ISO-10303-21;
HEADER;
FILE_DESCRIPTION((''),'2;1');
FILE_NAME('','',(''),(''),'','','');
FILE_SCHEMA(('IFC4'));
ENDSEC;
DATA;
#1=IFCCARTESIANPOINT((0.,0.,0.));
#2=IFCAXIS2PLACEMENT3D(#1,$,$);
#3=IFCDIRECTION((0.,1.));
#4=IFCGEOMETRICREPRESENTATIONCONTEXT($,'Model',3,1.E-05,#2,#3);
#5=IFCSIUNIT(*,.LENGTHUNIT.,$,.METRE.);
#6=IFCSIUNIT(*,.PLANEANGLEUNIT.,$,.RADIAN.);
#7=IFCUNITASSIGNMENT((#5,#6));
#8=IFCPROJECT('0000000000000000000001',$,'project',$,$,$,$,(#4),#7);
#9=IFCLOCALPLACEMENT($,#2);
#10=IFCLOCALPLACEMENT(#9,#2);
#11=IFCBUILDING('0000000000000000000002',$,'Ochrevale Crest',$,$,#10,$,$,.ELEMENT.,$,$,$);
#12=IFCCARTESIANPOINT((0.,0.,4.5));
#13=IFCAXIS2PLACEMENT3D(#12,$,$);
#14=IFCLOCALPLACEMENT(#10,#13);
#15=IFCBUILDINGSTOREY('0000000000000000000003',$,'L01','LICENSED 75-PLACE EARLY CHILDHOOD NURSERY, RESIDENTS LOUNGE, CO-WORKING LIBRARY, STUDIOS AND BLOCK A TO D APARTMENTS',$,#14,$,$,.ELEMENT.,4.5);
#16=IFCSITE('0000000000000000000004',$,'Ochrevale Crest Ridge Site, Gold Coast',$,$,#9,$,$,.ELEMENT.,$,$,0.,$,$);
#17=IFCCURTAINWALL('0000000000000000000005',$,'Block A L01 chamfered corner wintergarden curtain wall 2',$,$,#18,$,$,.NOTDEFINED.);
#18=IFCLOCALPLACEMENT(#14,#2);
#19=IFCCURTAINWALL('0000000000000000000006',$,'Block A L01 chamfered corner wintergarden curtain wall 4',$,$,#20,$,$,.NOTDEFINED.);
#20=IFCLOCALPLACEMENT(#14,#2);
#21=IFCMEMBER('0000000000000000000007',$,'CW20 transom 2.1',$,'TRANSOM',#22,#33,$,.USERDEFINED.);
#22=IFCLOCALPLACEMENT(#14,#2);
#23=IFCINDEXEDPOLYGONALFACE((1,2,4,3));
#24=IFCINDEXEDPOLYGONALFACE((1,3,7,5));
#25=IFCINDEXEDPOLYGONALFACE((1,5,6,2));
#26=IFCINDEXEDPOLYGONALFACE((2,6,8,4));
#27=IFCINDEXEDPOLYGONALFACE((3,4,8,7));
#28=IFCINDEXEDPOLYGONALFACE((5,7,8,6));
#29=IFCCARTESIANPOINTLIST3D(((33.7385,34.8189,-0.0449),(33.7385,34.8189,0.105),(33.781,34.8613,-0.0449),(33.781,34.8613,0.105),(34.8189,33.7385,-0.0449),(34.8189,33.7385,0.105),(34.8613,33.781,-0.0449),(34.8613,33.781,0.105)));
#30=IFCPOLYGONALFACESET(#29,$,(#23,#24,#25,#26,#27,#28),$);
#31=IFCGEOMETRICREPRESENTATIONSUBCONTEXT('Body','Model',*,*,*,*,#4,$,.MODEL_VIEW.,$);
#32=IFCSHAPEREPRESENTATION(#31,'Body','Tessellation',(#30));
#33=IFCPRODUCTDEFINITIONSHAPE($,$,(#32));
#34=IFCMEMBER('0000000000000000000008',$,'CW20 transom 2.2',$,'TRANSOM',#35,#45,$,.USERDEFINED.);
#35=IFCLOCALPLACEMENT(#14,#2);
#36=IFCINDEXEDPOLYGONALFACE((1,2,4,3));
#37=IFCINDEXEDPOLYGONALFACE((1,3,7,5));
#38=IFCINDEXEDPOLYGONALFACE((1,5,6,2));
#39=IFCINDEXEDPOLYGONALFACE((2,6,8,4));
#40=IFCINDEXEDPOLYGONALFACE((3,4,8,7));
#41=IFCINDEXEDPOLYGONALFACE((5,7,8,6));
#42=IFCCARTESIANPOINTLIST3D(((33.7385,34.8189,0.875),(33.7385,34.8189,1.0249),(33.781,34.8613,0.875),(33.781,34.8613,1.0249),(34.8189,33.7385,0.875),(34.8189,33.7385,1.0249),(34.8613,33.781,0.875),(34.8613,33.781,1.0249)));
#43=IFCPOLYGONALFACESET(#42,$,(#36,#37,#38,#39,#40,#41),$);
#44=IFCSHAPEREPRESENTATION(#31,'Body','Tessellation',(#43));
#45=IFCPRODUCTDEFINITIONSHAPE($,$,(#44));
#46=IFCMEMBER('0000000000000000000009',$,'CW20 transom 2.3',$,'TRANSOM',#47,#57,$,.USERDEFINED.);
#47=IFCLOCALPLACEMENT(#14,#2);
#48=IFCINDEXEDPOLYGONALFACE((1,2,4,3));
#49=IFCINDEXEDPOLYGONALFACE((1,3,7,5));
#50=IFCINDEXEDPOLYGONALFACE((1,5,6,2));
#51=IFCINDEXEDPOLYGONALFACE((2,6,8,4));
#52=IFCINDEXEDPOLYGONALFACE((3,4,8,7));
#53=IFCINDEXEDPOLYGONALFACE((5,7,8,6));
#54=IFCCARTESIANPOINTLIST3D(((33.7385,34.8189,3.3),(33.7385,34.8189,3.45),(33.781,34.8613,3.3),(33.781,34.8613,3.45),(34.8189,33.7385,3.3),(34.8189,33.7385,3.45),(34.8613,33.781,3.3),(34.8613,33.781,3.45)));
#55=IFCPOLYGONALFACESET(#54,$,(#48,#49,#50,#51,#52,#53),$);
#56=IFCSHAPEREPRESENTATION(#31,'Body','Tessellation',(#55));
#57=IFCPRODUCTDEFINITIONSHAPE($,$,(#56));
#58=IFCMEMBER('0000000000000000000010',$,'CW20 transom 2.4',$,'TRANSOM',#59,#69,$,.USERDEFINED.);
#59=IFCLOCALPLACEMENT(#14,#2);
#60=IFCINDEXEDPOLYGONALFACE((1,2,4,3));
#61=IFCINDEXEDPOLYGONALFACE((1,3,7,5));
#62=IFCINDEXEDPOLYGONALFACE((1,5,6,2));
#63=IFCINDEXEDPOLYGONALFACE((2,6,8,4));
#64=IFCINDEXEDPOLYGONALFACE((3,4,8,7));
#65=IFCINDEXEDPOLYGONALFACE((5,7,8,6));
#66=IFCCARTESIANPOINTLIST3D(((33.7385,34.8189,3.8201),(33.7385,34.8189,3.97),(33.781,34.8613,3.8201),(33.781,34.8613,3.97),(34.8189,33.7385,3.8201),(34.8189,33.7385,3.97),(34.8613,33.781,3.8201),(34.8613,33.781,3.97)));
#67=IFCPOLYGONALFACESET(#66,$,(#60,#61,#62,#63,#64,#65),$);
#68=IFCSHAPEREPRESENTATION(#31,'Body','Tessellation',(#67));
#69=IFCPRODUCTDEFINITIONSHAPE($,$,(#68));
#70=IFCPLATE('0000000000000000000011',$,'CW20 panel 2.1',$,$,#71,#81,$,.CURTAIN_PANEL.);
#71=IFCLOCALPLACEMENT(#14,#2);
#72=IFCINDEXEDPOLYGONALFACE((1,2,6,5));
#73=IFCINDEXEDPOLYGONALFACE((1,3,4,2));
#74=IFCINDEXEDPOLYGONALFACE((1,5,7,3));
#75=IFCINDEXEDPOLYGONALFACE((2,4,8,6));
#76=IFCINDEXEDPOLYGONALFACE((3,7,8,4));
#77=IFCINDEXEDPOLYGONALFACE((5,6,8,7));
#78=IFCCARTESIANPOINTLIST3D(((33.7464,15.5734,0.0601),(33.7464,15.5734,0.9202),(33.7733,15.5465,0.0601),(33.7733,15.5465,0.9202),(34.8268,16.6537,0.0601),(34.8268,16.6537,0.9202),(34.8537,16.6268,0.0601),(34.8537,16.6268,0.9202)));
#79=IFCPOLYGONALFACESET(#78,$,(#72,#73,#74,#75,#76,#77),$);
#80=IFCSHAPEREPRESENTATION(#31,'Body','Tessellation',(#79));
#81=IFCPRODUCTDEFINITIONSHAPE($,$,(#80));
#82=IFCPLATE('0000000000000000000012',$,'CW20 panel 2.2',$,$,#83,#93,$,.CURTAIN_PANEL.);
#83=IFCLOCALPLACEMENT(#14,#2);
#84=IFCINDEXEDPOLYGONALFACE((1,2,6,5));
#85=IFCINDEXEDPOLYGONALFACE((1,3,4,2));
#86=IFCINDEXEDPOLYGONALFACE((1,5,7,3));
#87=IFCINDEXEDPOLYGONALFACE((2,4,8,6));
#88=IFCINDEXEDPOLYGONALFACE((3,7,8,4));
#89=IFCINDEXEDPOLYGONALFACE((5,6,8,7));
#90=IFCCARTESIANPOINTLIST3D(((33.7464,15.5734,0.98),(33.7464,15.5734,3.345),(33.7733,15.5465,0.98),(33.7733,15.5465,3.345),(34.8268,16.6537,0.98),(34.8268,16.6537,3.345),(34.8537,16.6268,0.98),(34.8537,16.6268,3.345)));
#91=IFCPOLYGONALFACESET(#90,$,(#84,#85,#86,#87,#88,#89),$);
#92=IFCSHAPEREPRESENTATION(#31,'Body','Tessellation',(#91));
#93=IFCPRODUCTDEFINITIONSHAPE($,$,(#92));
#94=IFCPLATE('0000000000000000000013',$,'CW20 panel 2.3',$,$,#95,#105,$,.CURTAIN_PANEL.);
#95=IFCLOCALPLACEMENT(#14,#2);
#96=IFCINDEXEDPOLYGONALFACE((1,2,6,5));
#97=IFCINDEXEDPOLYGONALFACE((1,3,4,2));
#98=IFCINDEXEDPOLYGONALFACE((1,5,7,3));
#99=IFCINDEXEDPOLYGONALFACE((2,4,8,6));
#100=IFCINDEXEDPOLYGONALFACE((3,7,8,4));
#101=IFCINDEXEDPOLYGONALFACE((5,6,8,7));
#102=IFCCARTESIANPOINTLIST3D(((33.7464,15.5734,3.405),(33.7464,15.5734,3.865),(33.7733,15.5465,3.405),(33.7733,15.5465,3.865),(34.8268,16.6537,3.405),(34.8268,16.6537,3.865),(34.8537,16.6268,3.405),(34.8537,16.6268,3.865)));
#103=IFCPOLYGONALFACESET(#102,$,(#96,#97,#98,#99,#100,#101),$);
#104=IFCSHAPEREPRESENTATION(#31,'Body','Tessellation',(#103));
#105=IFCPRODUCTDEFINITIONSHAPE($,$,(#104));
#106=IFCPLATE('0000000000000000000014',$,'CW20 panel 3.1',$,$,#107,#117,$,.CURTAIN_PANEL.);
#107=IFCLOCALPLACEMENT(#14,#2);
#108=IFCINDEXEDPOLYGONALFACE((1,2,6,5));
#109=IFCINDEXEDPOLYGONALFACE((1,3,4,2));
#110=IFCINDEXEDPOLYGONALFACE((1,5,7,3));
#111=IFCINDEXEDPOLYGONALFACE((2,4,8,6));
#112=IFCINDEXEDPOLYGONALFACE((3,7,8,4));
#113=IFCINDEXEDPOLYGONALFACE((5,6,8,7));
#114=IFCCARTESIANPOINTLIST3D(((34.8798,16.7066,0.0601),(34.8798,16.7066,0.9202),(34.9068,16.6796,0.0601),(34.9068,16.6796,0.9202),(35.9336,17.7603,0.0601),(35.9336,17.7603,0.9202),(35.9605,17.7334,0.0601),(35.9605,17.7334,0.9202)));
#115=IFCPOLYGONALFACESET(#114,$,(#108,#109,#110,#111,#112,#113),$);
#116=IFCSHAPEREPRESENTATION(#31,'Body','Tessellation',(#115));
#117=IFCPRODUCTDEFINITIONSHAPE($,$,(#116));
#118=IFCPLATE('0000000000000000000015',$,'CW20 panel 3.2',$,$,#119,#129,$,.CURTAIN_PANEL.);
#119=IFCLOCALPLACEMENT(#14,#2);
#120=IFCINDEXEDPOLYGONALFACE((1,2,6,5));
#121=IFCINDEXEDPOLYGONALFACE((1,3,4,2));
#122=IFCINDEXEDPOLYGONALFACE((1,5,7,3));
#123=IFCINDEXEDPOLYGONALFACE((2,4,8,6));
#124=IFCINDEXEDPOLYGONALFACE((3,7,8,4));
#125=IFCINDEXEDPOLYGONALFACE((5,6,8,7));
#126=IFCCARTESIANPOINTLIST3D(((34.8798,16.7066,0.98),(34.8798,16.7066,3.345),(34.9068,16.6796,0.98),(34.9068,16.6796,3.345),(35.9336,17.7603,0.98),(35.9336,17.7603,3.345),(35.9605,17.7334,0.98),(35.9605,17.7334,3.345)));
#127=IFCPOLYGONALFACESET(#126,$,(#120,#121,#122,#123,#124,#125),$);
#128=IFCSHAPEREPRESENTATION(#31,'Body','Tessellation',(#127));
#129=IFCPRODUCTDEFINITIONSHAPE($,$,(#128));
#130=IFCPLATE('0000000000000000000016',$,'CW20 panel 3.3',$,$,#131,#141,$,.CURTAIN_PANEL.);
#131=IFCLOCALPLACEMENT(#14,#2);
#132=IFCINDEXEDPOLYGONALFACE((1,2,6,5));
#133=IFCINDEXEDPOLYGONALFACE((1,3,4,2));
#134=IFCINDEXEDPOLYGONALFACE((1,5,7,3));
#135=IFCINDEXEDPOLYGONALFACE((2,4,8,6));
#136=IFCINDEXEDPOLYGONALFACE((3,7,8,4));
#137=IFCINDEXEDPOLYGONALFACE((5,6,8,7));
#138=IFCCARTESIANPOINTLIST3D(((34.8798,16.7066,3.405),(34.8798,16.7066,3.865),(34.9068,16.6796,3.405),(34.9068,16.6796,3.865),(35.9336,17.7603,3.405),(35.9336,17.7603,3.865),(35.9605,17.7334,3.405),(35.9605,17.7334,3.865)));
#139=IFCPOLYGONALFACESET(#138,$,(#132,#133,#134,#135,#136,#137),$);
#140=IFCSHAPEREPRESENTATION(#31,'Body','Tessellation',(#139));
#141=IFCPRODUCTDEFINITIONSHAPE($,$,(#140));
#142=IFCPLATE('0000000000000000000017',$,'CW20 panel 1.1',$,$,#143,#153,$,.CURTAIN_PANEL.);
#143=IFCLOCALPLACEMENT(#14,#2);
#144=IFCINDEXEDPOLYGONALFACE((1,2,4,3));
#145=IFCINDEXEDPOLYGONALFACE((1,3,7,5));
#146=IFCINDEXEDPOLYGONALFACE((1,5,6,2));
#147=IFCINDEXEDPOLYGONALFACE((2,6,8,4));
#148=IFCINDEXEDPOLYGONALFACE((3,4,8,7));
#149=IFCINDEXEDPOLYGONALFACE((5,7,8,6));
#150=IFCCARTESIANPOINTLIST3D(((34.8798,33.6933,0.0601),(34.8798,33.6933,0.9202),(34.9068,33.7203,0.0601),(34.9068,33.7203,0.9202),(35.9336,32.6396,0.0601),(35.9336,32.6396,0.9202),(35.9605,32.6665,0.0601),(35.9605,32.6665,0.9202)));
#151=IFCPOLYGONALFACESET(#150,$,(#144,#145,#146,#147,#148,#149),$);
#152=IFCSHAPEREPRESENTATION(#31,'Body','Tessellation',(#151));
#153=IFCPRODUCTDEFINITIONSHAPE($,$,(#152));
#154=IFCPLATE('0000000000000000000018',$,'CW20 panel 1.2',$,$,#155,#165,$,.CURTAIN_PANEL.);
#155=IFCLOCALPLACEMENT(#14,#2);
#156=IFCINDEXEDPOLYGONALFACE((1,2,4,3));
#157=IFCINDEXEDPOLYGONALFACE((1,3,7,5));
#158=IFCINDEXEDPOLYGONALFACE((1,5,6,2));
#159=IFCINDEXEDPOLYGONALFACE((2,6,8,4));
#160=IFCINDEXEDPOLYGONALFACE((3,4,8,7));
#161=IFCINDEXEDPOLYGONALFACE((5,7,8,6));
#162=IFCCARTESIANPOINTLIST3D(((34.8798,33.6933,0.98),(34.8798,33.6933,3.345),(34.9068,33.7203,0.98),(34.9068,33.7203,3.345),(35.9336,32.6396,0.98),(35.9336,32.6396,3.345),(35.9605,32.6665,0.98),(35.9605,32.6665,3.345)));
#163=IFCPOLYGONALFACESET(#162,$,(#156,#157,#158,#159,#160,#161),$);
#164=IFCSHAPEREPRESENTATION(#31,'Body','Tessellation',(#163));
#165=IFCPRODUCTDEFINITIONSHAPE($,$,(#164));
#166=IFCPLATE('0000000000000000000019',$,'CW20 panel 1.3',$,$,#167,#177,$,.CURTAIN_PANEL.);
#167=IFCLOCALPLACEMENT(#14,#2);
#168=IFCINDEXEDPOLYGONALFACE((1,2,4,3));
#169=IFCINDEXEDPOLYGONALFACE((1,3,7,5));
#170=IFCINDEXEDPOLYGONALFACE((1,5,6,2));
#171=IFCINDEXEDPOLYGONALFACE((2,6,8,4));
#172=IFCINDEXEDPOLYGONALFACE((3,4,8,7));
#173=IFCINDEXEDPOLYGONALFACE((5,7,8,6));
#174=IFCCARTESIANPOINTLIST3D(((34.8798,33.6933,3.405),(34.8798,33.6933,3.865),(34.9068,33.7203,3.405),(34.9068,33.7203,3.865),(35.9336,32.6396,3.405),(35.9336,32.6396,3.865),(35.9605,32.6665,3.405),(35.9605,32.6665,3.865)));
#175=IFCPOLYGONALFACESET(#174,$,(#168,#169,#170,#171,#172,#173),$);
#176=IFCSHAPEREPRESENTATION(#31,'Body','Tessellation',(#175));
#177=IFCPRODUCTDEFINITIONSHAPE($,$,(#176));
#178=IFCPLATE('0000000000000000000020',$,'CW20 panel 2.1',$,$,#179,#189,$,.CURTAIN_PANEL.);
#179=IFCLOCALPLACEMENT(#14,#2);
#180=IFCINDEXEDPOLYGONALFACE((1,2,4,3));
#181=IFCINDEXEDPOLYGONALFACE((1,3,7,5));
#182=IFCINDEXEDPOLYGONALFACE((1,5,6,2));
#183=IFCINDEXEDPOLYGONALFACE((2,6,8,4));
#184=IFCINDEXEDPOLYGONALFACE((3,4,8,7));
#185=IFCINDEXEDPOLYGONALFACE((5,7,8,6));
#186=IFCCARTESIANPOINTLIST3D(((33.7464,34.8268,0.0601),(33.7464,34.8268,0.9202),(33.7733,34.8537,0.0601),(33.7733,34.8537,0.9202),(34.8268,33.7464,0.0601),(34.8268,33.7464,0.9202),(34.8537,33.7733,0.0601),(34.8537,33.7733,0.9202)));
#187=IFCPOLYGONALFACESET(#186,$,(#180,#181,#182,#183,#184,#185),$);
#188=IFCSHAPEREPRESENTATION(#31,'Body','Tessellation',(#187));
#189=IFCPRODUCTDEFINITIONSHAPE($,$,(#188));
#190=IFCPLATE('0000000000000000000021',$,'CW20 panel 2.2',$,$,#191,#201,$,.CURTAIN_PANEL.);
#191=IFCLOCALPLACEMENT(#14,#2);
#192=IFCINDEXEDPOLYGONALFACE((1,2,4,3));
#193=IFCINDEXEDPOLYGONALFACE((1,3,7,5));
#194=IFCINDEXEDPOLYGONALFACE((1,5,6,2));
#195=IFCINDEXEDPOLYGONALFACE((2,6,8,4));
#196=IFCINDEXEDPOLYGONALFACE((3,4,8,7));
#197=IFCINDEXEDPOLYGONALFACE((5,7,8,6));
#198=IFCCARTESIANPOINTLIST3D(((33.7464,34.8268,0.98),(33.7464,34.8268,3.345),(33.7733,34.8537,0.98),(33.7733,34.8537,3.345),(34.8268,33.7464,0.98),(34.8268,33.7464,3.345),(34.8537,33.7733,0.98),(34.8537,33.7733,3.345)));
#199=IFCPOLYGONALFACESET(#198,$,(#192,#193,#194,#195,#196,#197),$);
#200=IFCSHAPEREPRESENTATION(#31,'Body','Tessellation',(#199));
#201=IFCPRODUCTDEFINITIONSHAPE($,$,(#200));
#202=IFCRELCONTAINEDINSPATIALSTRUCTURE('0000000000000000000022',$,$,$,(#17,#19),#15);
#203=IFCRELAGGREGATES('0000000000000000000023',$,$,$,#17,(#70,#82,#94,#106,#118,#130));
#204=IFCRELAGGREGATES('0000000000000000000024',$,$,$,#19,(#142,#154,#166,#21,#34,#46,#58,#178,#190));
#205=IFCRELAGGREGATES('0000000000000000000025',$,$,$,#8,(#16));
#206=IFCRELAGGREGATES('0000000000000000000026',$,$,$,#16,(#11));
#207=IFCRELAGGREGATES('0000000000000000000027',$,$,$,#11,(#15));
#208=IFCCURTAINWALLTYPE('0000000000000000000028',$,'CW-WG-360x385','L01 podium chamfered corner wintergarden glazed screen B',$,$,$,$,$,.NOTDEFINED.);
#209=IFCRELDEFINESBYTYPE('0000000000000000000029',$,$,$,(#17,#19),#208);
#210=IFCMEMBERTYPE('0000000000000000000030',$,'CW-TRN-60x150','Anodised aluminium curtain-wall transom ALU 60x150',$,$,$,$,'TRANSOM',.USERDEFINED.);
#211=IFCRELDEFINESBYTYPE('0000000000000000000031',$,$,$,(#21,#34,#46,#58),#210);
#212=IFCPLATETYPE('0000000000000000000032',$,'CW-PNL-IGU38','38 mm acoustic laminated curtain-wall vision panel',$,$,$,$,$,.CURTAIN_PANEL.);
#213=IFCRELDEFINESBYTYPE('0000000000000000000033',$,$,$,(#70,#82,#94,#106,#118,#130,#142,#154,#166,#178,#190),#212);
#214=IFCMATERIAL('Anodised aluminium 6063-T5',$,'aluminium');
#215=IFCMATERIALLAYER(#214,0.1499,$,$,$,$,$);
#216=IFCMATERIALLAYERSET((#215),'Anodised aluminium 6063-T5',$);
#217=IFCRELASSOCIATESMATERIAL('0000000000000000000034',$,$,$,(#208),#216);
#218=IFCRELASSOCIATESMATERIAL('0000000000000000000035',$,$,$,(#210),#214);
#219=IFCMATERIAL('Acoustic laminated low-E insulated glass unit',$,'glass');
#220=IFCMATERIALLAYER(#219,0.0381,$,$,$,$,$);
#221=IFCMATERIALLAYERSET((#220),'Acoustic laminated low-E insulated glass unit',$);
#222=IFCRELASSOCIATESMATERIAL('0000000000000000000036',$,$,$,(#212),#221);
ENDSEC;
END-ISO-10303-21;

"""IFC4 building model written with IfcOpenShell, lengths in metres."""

from ifc_helpers import new_model, si_unit, direction, frame, origin, origin_2d, place, context, subcontext, project, spatial, rectangle, extrude, material, layer, layer_set, material_profile, profile_set, type_object, element, aggregate, save


model = new_model("IFC4")

# Units and contexts
model_context = context("Model", 3, precision=1e-05, world=origin(), true_north=direction((0.0, 1.0)))
body_context = subcontext(model_context, "Body", "Model", "MODEL_VIEW")
ifc_project = project(units=[si_unit("LENGTHUNIT", "METRE"), si_unit("PLANEANGLEUNIT", "RADIAN")], contexts=[model_context])

# Site, building, storey
site_placement = place(None, origin())
site = spatial("IfcSite", under=ifc_project, at=site_placement, Name="Ochrevale Crest Ridge Site, Gold Coast", CompositionType="ELEMENT", RefElevation=0.0)
building_placement = place(site_placement, origin())
building = spatial("IfcBuilding", under=site, at=building_placement, Name="Ochrevale Crest", CompositionType="ELEMENT")
storey_placement = place(building_placement, frame((0.0, 0.0, 4.5)))
storey = spatial("IfcBuildingStorey", under=building, at=storey_placement, Name="L01", Description="LICENSED 75-PLACE EARLY CHILDHOOD NURSERY, RESIDENTS LOUNGE, CO-WORKING LIBRARY, STUDIOS AND BLOCK A TO D APARTMENTS", CompositionType="ELEMENT", Elevation=4.5)

# Curtain wall
ifc_material_1 = material(Name="Anodised aluminium 6063-T5", Category="aluminium")
ifc_layer_1 = layer(ifc_material_1, 0.1499)
ifc_layer_set_1 = layer_set([ifc_layer_1], Name="Anodised aluminium 6063-T5")
curtain_wall_type = type_object("IfcCurtainWallType", Name="CW-WG-360x385", Description="L01 podium chamfered corner wintergarden glazed screen B", PredefinedType="NOTDEFINED", material=ifc_layer_set_1)
curtain_wall_1_placement = place(storey_placement, origin())
curtain_wall_1 = element("IfcCurtainWall", 1, at=curtain_wall_1_placement, inside=storey, type_object=curtain_wall_type, Name="Block A L01 chamfered corner wintergarden curtain wall 2", PredefinedType="NOTDEFINED")

# Curtain wall
curtain_wall_2_placement = place(storey_placement, origin())
curtain_wall_2 = element("IfcCurtainWall", 2, at=curtain_wall_2_placement, inside=storey, type_object=curtain_wall_type, Name="Block A L01 chamfered corner wintergarden curtain wall 4", PredefinedType="NOTDEFINED")

# Members
ifc_material_profile_1 = material_profile(ifc_material_1, rectangle(XDim=0.0601, YDim=0.1499, at=origin_2d()), Name="ALU 60x150")
ifc_profile_set_1 = profile_set([ifc_material_profile_1], Name="Anodised aluminium 6063-T5")
member_type_1 = type_object("IfcMemberType", Name="CW-TRN-60x150", Description="Anodised aluminium curtain-wall transom ALU 60x150", ElementType="TRANSOM", PredefinedType="USERDEFINED", material=ifc_profile_set_1)
member_1_placement = place(storey_placement, frame((34.8401, 33.7598, 0.03), z_axis=(-0.707107, 0.707107, 0.0), x_axis=(-0.707107, -0.707107, 0.0)))
member_1 = element("IfcMember", 3, at=member_1_placement, type_object=member_type_1, Name="CW20 transom 2.1", ObjectType="TRANSOM", PredefinedType="USERDEFINED", context=body_context, shape_type="SweptSolid", body=[
    extrude(rectangle(XDim=0.0601, YDim=0.1499, at=origin_2d()), origin(), (0.0, 0.0, 1.0), 1.5278),
])
member_2_placement = place(storey_placement, frame((34.8401, 33.7598, 0.95), z_axis=(-0.707107, 0.707107, 0.0), x_axis=(-0.707107, -0.707107, 0.0)))
member_2 = element("IfcMember", 4, at=member_2_placement, type_object=member_type_1, Name="CW20 transom 2.2", ObjectType="TRANSOM", PredefinedType="USERDEFINED", context=body_context, shape_type="SweptSolid", body=[
    extrude(rectangle(XDim=0.0601, YDim=0.1499, at=origin_2d()), origin(), (0.0, 0.0, 1.0), 1.5278),
])
member_3_placement = place(storey_placement, frame((34.8401, 33.7598, 3.375), z_axis=(-0.707107, 0.707107, 0.0), x_axis=(-0.707107, -0.707107, 0.0)))
member_3 = element("IfcMember", 5, at=member_3_placement, type_object=member_type_1, Name="CW20 transom 2.3", ObjectType="TRANSOM", PredefinedType="USERDEFINED", context=body_context, shape_type="SweptSolid", body=[
    extrude(rectangle(XDim=0.0601, YDim=0.1499, at=origin_2d()), origin(), (0.0, 0.0, 1.0), 1.5278),
])
member_4_placement = place(storey_placement, frame((34.8401, 33.7598, 3.895), z_axis=(-0.707107, 0.707107, 0.0), x_axis=(-0.707107, -0.707107, 0.0)))
member_4 = element("IfcMember", 6, at=member_4_placement, type_object=member_type_1, Name="CW20 transom 2.4", ObjectType="TRANSOM", PredefinedType="USERDEFINED", context=body_context, shape_type="SweptSolid", body=[
    extrude(rectangle(XDim=0.0601, YDim=0.1499, at=origin_2d()), origin(), (0.0, 0.0, 1.0), 1.5278),
])

# Plates
ifc_material_2 = material(Name="Acoustic laminated low-E insulated glass unit", Category="glass")
ifc_layer_2 = layer(ifc_material_2, 0.0381)
ifc_layer_set_2 = layer_set([ifc_layer_2], Name="Acoustic laminated low-E insulated glass unit")
plate_type = type_object("IfcPlateType", Name="CW-PNL-IGU38", Description="38 mm acoustic laminated curtain-wall vision panel", PredefinedType="CURTAIN_PANEL", material=ifc_layer_set_2)
plate_1_placement = place(storey_placement, frame((34.3, 16.1001, 0.0601), z_axis=(0.0, 0.0, 1.0), x_axis=(0.707107, 0.707107, 0.0)))
plate_1 = element("IfcPlate", 7, at=plate_1_placement, type_object=plate_type, Name="CW20 panel 2.1", PredefinedType="CURTAIN_PANEL", context=body_context, shape_type="SweptSolid", body=[
    extrude(rectangle(XDim=1.5278, YDim=0.0381, at=origin_2d()), origin(), (0.0, 0.0, 1.0), 0.8601),
])
plate_2_placement = place(storey_placement, frame((34.3, 16.1001, 0.98), z_axis=(0.0, 0.0, 1.0), x_axis=(0.707107, 0.707107, 0.0)))
plate_2 = element("IfcPlate", 8, at=plate_2_placement, type_object=plate_type, Name="CW20 panel 2.2", PredefinedType="CURTAIN_PANEL", context=body_context, shape_type="SweptSolid", body=[
    extrude(rectangle(XDim=1.5278, YDim=0.0381, at=origin_2d()), origin(), (0.0, 0.0, 1.0), 2.365),
])
plate_3_placement = place(storey_placement, frame((34.3, 16.1001, 3.405), z_axis=(0.0, 0.0, 1.0), x_axis=(0.707107, 0.707107, 0.0)))
plate_3 = element("IfcPlate", 9, at=plate_3_placement, type_object=plate_type, Name="CW20 panel 2.3", PredefinedType="CURTAIN_PANEL", context=body_context, shape_type="SweptSolid", body=[
    extrude(rectangle(XDim=1.5278, YDim=0.0381, at=origin_2d()), origin(), (0.0, 0.0, 1.0), 0.46),
])
plate_4_placement = place(storey_placement, frame((35.4202, 17.22, 0.0601), z_axis=(0.0, 0.0, 1.0), x_axis=(0.707107, 0.707107, 0.0)))
plate_4 = element("IfcPlate", 10, at=plate_4_placement, type_object=plate_type, Name="CW20 panel 3.1", PredefinedType="CURTAIN_PANEL", context=body_context, shape_type="SweptSolid", body=[
    extrude(rectangle(XDim=1.4902, YDim=0.0381, at=origin_2d()), origin(), (0.0, 0.0, 1.0), 0.8601),
])
plate_5_placement = place(storey_placement, frame((35.4202, 17.22, 0.98), z_axis=(0.0, 0.0, 1.0), x_axis=(0.707107, 0.707107, 0.0)))
plate_5 = element("IfcPlate", 11, at=plate_5_placement, type_object=plate_type, Name="CW20 panel 3.2", PredefinedType="CURTAIN_PANEL", context=body_context, shape_type="SweptSolid", body=[
    extrude(rectangle(XDim=1.4902, YDim=0.0381, at=origin_2d()), origin(), (0.0, 0.0, 1.0), 2.365),
])
plate_6_placement = place(storey_placement, frame((35.4202, 17.22, 3.405), z_axis=(0.0, 0.0, 1.0), x_axis=(0.707107, 0.707107, 0.0)))
plate_6 = element("IfcPlate", 12, at=plate_6_placement, type_object=plate_type, Name="CW20 panel 3.3", PredefinedType="CURTAIN_PANEL", context=body_context, shape_type="SweptSolid", body=[
    extrude(rectangle(XDim=1.4902, YDim=0.0381, at=origin_2d()), origin(), (0.0, 0.0, 1.0), 0.46),
])
aggregate(curtain_wall_1, [plate_1, plate_2, plate_3, plate_4, plate_5, plate_6])
plate_7_placement = place(storey_placement, frame((35.4202, 33.1799, 0.0601), z_axis=(0.0, 0.0, 1.0), x_axis=(-0.707107, 0.707107, 0.0)))
plate_7 = element("IfcPlate", 13, at=plate_7_placement, type_object=plate_type, Name="CW20 panel 1.1", PredefinedType="CURTAIN_PANEL", context=body_context, shape_type="SweptSolid", body=[
    extrude(rectangle(XDim=1.4902, YDim=0.0381, at=origin_2d()), origin(), (0.0, 0.0, 1.0), 0.8601),
])
plate_8_placement = place(storey_placement, frame((35.4202, 33.1799, 0.98), z_axis=(0.0, 0.0, 1.0), x_axis=(-0.707107, 0.707107, 0.0)))
plate_8 = element("IfcPlate", 14, at=plate_8_placement, type_object=plate_type, Name="CW20 panel 1.2", PredefinedType="CURTAIN_PANEL", context=body_context, shape_type="SweptSolid", body=[
    extrude(rectangle(XDim=1.4902, YDim=0.0381, at=origin_2d()), origin(), (0.0, 0.0, 1.0), 2.365),
])
plate_9_placement = place(storey_placement, frame((35.4202, 33.1799, 3.405), z_axis=(0.0, 0.0, 1.0), x_axis=(-0.707107, 0.707107, 0.0)))
plate_9 = element("IfcPlate", 15, at=plate_9_placement, type_object=plate_type, Name="CW20 panel 1.3", PredefinedType="CURTAIN_PANEL", context=body_context, shape_type="SweptSolid", body=[
    extrude(rectangle(XDim=1.4902, YDim=0.0381, at=origin_2d()), origin(), (0.0, 0.0, 1.0), 0.46),
])
plate_10_placement = place(storey_placement, frame((34.3, 34.3, 0.0601), z_axis=(0.0, 0.0, 1.0), x_axis=(-0.707107, 0.707107, 0.0)))
plate_10 = element("IfcPlate", 16, at=plate_10_placement, type_object=plate_type, Name="CW20 panel 2.1", PredefinedType="CURTAIN_PANEL", context=body_context, shape_type="SweptSolid", body=[
    extrude(rectangle(XDim=1.5278, YDim=0.0381, at=origin_2d()), origin(), (0.0, 0.0, 1.0), 0.8601),
])
plate_11_placement = place(storey_placement, frame((34.3, 34.3, 0.98), z_axis=(0.0, 0.0, 1.0), x_axis=(-0.707107, 0.707107, 0.0)))
plate_11 = element("IfcPlate", 17, at=plate_11_placement, type_object=plate_type, Name="CW20 panel 2.2", PredefinedType="CURTAIN_PANEL", context=body_context, shape_type="SweptSolid", body=[
    extrude(rectangle(XDim=1.5278, YDim=0.0381, at=origin_2d()), origin(), (0.0, 0.0, 1.0), 2.365),
])
aggregate(curtain_wall_2, [plate_7, plate_8, plate_9, member_1, member_2, member_3, member_4, plate_10, plate_11])

save(model, "model.ifc")
